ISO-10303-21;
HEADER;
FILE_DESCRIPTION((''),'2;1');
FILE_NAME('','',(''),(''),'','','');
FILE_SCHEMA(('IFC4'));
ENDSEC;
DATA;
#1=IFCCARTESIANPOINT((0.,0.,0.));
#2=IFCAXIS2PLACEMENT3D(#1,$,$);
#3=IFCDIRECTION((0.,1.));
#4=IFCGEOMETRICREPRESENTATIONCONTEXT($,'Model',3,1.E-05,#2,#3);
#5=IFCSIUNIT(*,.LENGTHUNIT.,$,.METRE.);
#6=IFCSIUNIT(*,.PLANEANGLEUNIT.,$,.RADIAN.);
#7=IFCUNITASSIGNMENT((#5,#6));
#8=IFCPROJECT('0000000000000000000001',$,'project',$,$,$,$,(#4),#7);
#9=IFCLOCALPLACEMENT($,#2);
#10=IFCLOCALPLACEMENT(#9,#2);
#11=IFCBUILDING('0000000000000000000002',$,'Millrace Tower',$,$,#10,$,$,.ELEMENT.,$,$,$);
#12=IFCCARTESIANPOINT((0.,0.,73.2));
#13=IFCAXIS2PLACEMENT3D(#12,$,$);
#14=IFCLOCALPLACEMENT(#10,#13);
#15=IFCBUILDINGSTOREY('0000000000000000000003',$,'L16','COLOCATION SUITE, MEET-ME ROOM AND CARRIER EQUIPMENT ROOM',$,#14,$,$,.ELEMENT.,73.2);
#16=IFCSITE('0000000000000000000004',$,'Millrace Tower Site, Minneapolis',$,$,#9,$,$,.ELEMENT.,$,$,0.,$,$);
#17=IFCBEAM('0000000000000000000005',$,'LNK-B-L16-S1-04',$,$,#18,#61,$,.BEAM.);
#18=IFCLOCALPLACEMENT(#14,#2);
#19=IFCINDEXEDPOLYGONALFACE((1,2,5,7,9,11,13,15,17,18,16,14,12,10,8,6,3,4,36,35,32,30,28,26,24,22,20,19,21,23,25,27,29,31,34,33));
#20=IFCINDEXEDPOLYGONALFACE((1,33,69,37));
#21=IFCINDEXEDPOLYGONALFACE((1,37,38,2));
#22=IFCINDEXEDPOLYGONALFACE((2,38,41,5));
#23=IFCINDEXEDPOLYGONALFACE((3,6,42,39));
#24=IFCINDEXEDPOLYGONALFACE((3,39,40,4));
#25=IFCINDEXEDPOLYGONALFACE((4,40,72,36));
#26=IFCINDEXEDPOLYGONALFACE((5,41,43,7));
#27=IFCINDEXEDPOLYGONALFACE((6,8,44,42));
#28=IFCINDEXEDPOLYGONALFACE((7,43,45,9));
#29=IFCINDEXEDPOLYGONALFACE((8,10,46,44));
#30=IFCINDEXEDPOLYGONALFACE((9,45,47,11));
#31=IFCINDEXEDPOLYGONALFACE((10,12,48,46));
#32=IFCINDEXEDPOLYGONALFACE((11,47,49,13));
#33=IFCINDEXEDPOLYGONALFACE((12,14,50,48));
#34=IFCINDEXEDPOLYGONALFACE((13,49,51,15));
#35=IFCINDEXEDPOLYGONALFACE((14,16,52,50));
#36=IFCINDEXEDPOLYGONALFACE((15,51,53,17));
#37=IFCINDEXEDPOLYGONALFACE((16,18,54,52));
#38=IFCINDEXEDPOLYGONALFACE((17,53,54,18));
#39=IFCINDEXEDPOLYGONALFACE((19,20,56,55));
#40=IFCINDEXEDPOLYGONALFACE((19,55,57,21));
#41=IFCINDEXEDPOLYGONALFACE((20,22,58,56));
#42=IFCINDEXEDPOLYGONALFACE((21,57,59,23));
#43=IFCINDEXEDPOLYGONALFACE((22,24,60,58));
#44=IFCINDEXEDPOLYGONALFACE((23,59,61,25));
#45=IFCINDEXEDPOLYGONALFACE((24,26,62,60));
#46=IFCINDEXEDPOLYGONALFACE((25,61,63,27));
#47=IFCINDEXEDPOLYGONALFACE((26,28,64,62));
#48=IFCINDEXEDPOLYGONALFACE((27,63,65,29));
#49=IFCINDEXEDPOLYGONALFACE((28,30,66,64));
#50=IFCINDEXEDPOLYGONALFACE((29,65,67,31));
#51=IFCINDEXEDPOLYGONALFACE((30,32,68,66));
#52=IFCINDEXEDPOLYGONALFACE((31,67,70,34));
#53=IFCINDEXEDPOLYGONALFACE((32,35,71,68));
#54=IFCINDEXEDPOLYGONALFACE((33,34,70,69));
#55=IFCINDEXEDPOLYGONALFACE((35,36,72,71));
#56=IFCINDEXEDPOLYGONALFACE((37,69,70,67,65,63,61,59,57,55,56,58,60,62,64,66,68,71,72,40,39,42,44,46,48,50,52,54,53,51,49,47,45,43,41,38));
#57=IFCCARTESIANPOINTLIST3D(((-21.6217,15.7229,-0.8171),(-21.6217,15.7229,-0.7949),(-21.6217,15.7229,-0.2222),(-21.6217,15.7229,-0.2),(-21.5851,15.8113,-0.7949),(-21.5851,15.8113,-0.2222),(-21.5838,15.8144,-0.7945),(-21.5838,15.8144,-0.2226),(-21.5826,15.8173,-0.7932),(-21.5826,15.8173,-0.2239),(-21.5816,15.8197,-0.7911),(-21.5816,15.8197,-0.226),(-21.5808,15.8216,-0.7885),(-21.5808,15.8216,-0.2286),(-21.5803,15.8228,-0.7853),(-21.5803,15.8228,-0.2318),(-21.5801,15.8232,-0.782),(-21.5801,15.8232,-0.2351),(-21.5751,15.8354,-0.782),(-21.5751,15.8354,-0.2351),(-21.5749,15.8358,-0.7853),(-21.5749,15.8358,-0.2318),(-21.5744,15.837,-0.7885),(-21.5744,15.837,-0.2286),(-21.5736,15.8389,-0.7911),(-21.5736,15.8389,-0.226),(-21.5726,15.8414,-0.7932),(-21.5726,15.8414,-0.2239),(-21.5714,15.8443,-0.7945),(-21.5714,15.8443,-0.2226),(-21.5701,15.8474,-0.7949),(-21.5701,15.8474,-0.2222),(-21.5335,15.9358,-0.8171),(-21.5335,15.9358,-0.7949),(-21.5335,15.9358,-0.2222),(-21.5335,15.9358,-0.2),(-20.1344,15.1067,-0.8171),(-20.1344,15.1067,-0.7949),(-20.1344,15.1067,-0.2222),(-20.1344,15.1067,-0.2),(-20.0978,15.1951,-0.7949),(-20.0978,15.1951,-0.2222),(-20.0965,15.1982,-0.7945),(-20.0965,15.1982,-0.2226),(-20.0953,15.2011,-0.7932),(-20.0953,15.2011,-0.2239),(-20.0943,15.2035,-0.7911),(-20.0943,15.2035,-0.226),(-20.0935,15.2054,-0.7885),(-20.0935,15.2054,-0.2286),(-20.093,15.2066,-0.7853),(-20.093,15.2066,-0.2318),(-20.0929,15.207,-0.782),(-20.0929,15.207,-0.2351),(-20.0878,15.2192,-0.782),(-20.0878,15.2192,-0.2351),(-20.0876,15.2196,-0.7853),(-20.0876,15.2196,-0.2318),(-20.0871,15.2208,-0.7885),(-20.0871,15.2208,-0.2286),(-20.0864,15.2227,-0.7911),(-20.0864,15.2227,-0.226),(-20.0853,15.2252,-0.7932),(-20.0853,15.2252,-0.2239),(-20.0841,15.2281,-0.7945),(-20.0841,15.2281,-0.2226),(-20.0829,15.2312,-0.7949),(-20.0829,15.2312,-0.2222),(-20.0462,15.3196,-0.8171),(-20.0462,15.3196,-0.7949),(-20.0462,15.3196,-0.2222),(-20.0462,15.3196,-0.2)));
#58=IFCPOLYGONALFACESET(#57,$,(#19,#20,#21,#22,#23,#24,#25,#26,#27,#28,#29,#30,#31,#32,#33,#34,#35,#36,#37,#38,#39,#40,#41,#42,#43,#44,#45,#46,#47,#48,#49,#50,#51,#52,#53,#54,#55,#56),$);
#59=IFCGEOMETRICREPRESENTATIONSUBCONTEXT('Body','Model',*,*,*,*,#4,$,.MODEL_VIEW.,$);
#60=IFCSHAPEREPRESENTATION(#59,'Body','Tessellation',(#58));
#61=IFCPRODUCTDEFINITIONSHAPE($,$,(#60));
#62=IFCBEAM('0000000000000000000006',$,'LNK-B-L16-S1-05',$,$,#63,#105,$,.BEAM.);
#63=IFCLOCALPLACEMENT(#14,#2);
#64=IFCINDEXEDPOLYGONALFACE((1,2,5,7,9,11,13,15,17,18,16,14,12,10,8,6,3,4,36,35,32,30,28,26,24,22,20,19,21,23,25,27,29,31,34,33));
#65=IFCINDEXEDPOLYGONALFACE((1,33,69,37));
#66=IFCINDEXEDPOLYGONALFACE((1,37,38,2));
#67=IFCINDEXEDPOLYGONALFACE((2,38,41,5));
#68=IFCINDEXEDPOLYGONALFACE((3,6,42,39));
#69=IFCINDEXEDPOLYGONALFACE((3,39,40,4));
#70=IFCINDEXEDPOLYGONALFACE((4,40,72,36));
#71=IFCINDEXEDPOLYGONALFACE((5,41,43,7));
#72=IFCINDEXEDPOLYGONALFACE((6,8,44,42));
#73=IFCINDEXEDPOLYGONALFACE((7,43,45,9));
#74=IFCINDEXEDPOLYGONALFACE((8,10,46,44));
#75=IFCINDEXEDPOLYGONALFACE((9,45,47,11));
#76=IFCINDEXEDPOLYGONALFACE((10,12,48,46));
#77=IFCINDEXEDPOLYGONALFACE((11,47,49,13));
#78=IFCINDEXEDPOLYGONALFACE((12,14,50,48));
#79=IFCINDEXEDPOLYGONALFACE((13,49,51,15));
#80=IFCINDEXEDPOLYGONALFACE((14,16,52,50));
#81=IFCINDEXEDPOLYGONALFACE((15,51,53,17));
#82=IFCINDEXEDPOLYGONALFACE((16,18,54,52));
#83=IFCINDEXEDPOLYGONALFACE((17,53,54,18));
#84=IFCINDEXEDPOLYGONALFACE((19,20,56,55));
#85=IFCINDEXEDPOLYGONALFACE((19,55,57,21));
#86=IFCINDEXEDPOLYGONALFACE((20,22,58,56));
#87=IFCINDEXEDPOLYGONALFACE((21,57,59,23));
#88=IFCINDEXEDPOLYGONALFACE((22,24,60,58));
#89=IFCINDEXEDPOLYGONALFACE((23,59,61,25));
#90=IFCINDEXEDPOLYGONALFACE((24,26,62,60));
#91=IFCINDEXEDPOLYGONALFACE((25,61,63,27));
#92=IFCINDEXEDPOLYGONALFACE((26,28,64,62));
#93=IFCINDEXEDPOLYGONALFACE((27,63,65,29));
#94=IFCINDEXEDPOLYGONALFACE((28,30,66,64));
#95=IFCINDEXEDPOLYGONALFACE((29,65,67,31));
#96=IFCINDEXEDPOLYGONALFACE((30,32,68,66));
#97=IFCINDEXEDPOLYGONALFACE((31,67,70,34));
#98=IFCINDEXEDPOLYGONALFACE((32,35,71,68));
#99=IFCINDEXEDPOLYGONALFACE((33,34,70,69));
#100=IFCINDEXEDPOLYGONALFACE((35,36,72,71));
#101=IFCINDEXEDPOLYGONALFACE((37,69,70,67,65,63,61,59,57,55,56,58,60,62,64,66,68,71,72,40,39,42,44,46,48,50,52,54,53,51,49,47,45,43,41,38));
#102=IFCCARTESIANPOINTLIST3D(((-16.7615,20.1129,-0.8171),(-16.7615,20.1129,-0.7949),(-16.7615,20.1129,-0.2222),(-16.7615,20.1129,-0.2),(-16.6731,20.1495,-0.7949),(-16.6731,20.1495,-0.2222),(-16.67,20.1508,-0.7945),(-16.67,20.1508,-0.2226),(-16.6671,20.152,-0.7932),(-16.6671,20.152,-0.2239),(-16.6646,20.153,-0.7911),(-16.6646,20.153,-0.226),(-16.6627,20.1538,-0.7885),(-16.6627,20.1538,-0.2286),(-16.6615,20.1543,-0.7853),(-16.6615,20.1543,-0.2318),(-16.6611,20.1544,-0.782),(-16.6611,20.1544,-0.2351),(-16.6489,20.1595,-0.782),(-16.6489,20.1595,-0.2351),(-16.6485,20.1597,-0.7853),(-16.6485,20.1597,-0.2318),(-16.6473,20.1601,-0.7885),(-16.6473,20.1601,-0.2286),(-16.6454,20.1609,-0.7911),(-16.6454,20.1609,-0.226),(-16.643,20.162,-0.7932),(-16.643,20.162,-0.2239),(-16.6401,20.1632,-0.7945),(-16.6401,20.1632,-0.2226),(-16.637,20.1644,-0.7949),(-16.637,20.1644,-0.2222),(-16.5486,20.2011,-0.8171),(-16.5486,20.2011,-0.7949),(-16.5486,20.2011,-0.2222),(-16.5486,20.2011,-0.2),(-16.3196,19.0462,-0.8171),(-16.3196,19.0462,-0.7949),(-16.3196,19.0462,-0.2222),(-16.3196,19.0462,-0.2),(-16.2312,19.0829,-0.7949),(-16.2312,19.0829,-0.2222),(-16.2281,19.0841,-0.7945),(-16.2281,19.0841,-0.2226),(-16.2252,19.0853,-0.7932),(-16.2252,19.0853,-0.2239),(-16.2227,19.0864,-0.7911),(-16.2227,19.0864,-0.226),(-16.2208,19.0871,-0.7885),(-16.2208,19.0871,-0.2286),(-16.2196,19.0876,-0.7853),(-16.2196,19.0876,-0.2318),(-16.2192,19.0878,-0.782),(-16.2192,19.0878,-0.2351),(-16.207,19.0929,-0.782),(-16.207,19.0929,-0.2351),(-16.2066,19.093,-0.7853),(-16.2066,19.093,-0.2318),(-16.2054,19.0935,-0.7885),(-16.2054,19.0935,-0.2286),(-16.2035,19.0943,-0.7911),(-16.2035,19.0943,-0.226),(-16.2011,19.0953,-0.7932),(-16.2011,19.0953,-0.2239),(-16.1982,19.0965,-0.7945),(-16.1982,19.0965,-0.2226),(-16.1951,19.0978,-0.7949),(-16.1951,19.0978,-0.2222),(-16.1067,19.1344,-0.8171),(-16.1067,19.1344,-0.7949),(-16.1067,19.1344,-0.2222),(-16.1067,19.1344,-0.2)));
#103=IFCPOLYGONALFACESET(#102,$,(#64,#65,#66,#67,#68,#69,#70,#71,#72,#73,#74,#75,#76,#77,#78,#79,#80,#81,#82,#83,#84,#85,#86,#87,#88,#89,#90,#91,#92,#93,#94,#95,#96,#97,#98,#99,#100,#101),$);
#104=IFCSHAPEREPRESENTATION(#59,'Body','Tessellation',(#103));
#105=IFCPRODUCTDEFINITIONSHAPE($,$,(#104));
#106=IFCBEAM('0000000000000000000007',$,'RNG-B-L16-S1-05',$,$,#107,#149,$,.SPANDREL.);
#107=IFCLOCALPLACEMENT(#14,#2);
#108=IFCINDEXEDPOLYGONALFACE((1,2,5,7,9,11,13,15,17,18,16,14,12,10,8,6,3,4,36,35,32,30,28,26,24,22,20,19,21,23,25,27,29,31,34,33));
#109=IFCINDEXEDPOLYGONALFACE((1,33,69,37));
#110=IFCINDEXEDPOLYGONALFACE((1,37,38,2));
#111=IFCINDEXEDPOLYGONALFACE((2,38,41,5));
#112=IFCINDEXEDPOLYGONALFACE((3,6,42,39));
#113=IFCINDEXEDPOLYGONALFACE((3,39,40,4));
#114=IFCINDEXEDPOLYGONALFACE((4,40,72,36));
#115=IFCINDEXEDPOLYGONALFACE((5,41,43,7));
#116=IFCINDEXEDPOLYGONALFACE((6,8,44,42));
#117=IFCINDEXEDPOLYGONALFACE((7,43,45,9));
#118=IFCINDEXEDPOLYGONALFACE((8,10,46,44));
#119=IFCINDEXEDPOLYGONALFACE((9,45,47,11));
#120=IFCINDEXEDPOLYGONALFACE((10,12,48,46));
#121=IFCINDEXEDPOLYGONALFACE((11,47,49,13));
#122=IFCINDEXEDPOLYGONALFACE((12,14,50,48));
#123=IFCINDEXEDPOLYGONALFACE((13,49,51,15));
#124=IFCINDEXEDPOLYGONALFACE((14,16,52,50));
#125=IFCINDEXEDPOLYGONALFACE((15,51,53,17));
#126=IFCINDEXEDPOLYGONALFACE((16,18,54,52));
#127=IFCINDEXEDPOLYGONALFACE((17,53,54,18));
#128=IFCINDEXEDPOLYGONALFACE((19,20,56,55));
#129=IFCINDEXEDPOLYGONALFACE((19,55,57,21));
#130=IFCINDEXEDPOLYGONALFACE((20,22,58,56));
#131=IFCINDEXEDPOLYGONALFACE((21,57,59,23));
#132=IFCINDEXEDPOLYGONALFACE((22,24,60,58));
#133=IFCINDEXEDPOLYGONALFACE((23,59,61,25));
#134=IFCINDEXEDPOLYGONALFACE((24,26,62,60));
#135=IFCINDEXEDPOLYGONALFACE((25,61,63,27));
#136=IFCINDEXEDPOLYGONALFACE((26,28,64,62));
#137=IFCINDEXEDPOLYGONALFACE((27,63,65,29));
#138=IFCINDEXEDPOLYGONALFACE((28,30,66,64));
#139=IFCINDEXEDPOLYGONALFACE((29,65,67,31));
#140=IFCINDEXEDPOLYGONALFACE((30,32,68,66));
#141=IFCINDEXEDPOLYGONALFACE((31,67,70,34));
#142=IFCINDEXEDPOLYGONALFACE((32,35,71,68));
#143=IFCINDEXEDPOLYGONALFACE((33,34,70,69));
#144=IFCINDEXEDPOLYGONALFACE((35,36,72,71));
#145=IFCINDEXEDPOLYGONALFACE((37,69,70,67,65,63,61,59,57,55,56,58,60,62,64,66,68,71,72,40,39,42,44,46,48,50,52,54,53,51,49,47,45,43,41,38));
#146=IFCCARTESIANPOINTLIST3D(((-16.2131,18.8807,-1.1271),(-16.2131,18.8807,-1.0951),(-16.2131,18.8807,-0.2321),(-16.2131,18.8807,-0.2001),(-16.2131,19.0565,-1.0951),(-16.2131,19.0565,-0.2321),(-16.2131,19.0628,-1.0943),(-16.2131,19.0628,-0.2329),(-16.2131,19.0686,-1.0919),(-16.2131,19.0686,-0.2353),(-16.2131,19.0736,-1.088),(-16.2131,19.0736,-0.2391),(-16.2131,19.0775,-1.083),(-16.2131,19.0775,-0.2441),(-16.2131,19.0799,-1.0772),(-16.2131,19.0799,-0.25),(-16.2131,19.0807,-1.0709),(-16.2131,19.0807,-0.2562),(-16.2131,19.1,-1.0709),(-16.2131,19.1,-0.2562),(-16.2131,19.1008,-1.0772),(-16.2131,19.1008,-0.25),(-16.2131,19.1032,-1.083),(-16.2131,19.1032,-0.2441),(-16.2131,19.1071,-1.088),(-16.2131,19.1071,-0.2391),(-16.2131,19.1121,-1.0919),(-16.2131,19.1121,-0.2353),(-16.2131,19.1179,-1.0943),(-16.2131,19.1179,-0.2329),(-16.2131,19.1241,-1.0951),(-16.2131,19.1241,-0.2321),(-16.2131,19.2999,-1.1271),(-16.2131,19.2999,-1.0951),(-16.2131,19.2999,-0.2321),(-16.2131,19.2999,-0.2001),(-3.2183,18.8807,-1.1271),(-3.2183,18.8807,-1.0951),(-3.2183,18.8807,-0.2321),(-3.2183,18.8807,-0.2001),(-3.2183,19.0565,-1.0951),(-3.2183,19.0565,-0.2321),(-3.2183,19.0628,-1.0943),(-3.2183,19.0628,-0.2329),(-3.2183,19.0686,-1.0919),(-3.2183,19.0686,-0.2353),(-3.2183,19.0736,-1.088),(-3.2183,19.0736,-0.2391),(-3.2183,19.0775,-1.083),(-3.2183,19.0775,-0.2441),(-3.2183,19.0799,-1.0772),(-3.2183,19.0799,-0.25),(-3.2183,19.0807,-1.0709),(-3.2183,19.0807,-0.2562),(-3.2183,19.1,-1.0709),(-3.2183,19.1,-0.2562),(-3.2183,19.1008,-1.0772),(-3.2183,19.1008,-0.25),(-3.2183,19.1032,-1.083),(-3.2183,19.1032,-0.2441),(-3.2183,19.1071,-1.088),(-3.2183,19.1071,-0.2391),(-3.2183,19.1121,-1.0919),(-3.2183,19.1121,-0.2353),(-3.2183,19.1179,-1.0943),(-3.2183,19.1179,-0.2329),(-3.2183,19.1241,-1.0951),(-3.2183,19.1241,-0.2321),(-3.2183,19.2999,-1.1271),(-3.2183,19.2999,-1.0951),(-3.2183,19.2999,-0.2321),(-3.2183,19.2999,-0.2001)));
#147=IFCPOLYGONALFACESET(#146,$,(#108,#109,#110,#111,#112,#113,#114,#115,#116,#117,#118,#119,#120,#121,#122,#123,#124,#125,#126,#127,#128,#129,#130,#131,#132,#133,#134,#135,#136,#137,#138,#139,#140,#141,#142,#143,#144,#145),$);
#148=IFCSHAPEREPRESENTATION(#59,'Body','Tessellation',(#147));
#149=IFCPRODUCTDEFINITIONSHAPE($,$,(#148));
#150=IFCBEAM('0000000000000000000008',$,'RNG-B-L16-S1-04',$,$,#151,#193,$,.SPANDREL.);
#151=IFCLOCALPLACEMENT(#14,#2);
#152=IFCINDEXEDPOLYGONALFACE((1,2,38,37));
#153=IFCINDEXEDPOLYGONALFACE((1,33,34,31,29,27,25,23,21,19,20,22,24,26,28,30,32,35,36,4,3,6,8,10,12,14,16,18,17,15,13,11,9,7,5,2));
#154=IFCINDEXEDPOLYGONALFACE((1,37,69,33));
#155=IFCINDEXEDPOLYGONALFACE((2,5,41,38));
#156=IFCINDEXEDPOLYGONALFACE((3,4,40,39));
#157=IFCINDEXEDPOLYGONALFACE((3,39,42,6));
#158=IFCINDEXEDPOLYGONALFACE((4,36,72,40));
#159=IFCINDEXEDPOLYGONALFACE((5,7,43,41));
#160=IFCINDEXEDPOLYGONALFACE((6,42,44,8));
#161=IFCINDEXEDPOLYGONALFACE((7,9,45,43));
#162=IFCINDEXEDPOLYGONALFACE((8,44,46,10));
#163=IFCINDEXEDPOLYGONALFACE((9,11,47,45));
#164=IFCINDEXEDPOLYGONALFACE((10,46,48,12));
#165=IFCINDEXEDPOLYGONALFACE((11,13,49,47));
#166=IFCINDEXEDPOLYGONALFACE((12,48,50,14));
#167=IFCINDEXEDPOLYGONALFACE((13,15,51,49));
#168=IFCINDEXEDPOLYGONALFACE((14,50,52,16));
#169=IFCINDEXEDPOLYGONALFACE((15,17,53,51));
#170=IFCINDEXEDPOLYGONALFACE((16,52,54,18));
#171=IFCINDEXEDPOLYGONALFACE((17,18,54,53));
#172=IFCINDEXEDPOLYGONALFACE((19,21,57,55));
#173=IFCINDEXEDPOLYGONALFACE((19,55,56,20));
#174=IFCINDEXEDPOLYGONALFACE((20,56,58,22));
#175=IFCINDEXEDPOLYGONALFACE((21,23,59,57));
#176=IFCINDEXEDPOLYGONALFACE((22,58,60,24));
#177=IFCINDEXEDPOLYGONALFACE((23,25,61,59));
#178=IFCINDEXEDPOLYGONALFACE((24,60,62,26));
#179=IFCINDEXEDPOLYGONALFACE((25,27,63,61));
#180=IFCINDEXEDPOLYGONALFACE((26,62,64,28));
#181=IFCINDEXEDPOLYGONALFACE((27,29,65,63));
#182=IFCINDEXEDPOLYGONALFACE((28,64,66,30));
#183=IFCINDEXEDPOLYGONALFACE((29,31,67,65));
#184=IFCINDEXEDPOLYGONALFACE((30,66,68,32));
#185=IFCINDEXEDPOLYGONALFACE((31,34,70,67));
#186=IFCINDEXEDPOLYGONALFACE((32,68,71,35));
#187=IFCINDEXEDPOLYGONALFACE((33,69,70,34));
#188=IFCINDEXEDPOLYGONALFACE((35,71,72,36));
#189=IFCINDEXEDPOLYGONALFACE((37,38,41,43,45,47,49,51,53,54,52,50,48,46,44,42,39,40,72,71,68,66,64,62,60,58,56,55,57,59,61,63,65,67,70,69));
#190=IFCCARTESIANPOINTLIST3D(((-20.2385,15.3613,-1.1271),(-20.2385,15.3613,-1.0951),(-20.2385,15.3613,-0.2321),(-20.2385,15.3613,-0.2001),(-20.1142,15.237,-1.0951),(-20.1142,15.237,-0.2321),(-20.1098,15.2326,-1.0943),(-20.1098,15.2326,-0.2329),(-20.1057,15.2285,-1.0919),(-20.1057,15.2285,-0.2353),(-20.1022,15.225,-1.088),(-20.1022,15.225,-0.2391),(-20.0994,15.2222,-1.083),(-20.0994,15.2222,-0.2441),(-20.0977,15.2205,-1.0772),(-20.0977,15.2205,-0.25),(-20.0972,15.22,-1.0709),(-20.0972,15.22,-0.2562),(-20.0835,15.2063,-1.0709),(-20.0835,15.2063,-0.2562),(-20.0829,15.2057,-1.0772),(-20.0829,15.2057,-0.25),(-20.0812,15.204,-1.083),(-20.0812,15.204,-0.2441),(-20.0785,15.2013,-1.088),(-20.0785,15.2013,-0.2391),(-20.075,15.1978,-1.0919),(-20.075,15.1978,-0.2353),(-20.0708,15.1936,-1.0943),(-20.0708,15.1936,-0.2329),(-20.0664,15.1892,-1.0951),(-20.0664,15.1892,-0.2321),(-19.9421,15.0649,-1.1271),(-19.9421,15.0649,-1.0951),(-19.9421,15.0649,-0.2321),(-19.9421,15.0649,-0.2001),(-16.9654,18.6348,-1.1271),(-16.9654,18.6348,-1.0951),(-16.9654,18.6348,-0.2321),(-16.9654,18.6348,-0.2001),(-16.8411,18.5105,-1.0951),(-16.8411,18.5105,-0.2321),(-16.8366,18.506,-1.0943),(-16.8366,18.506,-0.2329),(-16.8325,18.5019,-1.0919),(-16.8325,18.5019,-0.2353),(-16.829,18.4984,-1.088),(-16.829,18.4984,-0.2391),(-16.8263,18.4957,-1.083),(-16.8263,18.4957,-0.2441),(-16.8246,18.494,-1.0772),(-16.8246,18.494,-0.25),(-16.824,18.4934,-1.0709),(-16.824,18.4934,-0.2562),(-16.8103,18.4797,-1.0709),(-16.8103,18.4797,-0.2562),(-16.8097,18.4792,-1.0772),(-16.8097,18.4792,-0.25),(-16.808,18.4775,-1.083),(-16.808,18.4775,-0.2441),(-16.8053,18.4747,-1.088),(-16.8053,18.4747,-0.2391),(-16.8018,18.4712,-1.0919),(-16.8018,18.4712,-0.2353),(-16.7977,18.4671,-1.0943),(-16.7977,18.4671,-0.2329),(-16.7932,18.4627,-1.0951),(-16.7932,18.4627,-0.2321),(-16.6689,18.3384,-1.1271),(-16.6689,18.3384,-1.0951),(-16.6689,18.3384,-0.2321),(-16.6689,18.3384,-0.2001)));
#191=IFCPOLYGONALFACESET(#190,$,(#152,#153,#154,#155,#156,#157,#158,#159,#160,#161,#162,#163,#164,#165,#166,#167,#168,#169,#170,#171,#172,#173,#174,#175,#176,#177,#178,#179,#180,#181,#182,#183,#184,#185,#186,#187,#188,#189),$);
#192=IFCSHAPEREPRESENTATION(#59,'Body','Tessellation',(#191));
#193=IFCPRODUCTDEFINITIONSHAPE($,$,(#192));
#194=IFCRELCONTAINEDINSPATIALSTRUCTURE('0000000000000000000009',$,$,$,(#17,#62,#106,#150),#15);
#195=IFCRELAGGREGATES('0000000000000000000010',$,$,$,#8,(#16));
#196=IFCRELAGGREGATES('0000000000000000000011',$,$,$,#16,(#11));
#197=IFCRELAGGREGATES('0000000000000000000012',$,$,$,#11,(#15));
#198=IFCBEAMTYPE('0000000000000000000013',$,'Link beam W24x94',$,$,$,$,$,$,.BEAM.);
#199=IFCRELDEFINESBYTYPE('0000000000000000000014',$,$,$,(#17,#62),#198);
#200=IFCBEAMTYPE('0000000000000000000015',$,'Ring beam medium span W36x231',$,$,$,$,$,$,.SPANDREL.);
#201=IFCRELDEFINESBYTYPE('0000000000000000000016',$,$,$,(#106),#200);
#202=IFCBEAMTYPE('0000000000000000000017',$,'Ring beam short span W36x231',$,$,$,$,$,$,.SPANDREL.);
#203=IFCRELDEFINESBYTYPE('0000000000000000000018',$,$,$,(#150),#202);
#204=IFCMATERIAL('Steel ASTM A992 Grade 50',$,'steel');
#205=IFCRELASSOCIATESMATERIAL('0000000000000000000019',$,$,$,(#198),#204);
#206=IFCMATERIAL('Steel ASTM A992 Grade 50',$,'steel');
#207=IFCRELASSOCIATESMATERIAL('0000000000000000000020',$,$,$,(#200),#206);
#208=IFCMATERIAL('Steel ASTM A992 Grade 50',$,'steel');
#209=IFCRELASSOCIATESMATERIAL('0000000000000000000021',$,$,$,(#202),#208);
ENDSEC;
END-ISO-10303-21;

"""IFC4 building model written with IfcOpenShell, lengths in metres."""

from ifc_helpers import new_model, si_unit, direction, frame, origin, origin_2d, place, context, subcontext, project, spatial, i_section, extrude, material, material_profile, profile_set, type_object, element, save


model = new_model("IFC4")

# Units and contexts
model_context = context("Model", 3, precision=1e-05, world=origin(), true_north=direction((0.0, 1.0)))
body_context = subcontext(model_context, "Body", "Model", "MODEL_VIEW")
ifc_project = project(units=[si_unit("LENGTHUNIT", "METRE"), si_unit("PLANEANGLEUNIT", "RADIAN")], contexts=[model_context])

# Site, building, storey
site_placement = place(None, origin())
site = spatial("IfcSite", under=ifc_project, at=site_placement, Name="Millrace Tower Site, Minneapolis", CompositionType="ELEMENT", RefElevation=0.0)
building_placement = place(site_placement, origin())
building = spatial("IfcBuilding", under=site, at=building_placement, Name="Millrace Tower", CompositionType="ELEMENT")
storey_placement = place(building_placement, frame((0.0, 0.0, 73.2)))
storey = spatial("IfcBuildingStorey", under=building, at=storey_placement, Name="L16", Description="COLOCATION SUITE, MEET-ME ROOM AND CARRIER EQUIPMENT ROOM", CompositionType="ELEMENT", Elevation=73.2)

# Beams
ifc_material_1 = material(Name="Steel ASTM A992 Grade 50", Category="steel")
ifc_material_profile_1 = material_profile(ifc_material_1, i_section(OverallWidth=0.2305, OverallDepth=0.6172, WebThickness=0.0132, FlangeThickness=0.0222, FilletRadius=0.0129, at=origin_2d()))
ifc_profile_set_1 = profile_set([ifc_material_profile_1], Name="Steel ASTM A992 Grade 50")
beam_type_1 = type_object("IfcBeamType", Name="Link beam W24x94", PredefinedType="BEAM", material=ifc_profile_set_1)
beam_1_placement = place(storey_placement, frame((-20.0903, 15.2131, -0.5085), z_axis=(-0.923847, 0.382763, 0.0), x_axis=(-0.382763, -0.923847, 0.0)))
element("IfcBeam", 1, at=beam_1_placement, inside=storey, type_object=beam_type_1, Name="LNK-B-L16-S1-04", PredefinedType="BEAM", context=body_context, shape_type="SweptSolid", body=[
    extrude(i_section(OverallWidth=0.2305, OverallDepth=0.6172, WebThickness=0.0132, FlangeThickness=0.0222, FilletRadius=0.0129, at=origin_2d()), origin(), (0.0, 0.0, 1.0), 1.6099),
])
beam_2_placement = place(storey_placement, frame((-16.2131, 19.0903, -0.5085), z_axis=(-0.382738, 0.923857, 0.0), x_axis=(-0.923857, -0.382738, 0.0)))
element("IfcBeam", 2, at=beam_2_placement, inside=storey, type_object=beam_type_1, Name="LNK-B-L16-S1-05", PredefinedType="BEAM", context=body_context, shape_type="SweptSolid", body=[
    extrude(i_section(OverallWidth=0.2305, OverallDepth=0.6172, WebThickness=0.0132, FlangeThickness=0.0222, FilletRadius=0.0129, at=origin_2d()), origin(), (0.0, 0.0, 1.0), 1.1545),
])
ifc_material_2 = material(Name="Steel ASTM A992 Grade 50", Category="steel")
ifc_material_profile_2 = material_profile(ifc_material_2, i_section(OverallWidth=0.4192, OverallDepth=0.927, WebThickness=0.0193, FlangeThickness=0.032, FilletRadius=0.0242, at=origin_2d()))
ifc_profile_set_2 = profile_set([ifc_material_profile_2], Name="Steel ASTM A992 Grade 50")
beam_type_2 = type_object("IfcBeamType", Name="Ring beam medium span W36x231", PredefinedType="SPANDREL", material=ifc_profile_set_2)
beam_3_placement = place(storey_placement, frame((-16.2131, 19.0903, -0.6636), z_axis=(1.0, 0.0, 0.0), x_axis=(0.0, 1.0, 0.0)))
element("IfcBeam", 3, at=beam_3_placement, inside=storey, type_object=beam_type_2, Name="RNG-B-L16-S1-05", PredefinedType="SPANDREL", context=body_context, shape_type="SweptSolid", body=[
    extrude(i_section(OverallWidth=0.4192, OverallDepth=0.927, WebThickness=0.0193, FlangeThickness=0.032, FilletRadius=0.0242, at=origin_2d()), origin(), (0.0, 0.0, 1.0), 12.9949),
])
ifc_material_3 = material(Name="Steel ASTM A992 Grade 50", Category="steel")
ifc_material_profile_3 = material_profile(ifc_material_3, i_section(OverallWidth=0.4192, OverallDepth=0.927, WebThickness=0.0193, FlangeThickness=0.032, FilletRadius=0.0242, at=origin_2d()))
ifc_profile_set_3 = profile_set([ifc_material_profile_3], Name="Steel ASTM A992 Grade 50")
beam_type_3 = type_object("IfcBeamType", Name="Ring beam short span W36x231", PredefinedType="SPANDREL", material=ifc_profile_set_3)
beam_4_placement = place(storey_placement, frame((-20.0903, 15.2131, -0.6636), z_axis=(0.70708, 0.707133, 0.0), x_axis=(-0.707133, 0.70708, 0.0)))
element("IfcBeam", 4, at=beam_4_placement, inside=storey, type_object=beam_type_3, Name="RNG-B-L16-S1-04", PredefinedType="SPANDREL", context=body_context, shape_type="SweptSolid", body=[
    extrude(i_section(OverallWidth=0.4192, OverallDepth=0.927, WebThickness=0.0193, FlangeThickness=0.032, FilletRadius=0.0242, at=origin_2d()), origin(), (0.0, 0.0, 1.0), 4.6292),
])

save(model, "model.ifc")
